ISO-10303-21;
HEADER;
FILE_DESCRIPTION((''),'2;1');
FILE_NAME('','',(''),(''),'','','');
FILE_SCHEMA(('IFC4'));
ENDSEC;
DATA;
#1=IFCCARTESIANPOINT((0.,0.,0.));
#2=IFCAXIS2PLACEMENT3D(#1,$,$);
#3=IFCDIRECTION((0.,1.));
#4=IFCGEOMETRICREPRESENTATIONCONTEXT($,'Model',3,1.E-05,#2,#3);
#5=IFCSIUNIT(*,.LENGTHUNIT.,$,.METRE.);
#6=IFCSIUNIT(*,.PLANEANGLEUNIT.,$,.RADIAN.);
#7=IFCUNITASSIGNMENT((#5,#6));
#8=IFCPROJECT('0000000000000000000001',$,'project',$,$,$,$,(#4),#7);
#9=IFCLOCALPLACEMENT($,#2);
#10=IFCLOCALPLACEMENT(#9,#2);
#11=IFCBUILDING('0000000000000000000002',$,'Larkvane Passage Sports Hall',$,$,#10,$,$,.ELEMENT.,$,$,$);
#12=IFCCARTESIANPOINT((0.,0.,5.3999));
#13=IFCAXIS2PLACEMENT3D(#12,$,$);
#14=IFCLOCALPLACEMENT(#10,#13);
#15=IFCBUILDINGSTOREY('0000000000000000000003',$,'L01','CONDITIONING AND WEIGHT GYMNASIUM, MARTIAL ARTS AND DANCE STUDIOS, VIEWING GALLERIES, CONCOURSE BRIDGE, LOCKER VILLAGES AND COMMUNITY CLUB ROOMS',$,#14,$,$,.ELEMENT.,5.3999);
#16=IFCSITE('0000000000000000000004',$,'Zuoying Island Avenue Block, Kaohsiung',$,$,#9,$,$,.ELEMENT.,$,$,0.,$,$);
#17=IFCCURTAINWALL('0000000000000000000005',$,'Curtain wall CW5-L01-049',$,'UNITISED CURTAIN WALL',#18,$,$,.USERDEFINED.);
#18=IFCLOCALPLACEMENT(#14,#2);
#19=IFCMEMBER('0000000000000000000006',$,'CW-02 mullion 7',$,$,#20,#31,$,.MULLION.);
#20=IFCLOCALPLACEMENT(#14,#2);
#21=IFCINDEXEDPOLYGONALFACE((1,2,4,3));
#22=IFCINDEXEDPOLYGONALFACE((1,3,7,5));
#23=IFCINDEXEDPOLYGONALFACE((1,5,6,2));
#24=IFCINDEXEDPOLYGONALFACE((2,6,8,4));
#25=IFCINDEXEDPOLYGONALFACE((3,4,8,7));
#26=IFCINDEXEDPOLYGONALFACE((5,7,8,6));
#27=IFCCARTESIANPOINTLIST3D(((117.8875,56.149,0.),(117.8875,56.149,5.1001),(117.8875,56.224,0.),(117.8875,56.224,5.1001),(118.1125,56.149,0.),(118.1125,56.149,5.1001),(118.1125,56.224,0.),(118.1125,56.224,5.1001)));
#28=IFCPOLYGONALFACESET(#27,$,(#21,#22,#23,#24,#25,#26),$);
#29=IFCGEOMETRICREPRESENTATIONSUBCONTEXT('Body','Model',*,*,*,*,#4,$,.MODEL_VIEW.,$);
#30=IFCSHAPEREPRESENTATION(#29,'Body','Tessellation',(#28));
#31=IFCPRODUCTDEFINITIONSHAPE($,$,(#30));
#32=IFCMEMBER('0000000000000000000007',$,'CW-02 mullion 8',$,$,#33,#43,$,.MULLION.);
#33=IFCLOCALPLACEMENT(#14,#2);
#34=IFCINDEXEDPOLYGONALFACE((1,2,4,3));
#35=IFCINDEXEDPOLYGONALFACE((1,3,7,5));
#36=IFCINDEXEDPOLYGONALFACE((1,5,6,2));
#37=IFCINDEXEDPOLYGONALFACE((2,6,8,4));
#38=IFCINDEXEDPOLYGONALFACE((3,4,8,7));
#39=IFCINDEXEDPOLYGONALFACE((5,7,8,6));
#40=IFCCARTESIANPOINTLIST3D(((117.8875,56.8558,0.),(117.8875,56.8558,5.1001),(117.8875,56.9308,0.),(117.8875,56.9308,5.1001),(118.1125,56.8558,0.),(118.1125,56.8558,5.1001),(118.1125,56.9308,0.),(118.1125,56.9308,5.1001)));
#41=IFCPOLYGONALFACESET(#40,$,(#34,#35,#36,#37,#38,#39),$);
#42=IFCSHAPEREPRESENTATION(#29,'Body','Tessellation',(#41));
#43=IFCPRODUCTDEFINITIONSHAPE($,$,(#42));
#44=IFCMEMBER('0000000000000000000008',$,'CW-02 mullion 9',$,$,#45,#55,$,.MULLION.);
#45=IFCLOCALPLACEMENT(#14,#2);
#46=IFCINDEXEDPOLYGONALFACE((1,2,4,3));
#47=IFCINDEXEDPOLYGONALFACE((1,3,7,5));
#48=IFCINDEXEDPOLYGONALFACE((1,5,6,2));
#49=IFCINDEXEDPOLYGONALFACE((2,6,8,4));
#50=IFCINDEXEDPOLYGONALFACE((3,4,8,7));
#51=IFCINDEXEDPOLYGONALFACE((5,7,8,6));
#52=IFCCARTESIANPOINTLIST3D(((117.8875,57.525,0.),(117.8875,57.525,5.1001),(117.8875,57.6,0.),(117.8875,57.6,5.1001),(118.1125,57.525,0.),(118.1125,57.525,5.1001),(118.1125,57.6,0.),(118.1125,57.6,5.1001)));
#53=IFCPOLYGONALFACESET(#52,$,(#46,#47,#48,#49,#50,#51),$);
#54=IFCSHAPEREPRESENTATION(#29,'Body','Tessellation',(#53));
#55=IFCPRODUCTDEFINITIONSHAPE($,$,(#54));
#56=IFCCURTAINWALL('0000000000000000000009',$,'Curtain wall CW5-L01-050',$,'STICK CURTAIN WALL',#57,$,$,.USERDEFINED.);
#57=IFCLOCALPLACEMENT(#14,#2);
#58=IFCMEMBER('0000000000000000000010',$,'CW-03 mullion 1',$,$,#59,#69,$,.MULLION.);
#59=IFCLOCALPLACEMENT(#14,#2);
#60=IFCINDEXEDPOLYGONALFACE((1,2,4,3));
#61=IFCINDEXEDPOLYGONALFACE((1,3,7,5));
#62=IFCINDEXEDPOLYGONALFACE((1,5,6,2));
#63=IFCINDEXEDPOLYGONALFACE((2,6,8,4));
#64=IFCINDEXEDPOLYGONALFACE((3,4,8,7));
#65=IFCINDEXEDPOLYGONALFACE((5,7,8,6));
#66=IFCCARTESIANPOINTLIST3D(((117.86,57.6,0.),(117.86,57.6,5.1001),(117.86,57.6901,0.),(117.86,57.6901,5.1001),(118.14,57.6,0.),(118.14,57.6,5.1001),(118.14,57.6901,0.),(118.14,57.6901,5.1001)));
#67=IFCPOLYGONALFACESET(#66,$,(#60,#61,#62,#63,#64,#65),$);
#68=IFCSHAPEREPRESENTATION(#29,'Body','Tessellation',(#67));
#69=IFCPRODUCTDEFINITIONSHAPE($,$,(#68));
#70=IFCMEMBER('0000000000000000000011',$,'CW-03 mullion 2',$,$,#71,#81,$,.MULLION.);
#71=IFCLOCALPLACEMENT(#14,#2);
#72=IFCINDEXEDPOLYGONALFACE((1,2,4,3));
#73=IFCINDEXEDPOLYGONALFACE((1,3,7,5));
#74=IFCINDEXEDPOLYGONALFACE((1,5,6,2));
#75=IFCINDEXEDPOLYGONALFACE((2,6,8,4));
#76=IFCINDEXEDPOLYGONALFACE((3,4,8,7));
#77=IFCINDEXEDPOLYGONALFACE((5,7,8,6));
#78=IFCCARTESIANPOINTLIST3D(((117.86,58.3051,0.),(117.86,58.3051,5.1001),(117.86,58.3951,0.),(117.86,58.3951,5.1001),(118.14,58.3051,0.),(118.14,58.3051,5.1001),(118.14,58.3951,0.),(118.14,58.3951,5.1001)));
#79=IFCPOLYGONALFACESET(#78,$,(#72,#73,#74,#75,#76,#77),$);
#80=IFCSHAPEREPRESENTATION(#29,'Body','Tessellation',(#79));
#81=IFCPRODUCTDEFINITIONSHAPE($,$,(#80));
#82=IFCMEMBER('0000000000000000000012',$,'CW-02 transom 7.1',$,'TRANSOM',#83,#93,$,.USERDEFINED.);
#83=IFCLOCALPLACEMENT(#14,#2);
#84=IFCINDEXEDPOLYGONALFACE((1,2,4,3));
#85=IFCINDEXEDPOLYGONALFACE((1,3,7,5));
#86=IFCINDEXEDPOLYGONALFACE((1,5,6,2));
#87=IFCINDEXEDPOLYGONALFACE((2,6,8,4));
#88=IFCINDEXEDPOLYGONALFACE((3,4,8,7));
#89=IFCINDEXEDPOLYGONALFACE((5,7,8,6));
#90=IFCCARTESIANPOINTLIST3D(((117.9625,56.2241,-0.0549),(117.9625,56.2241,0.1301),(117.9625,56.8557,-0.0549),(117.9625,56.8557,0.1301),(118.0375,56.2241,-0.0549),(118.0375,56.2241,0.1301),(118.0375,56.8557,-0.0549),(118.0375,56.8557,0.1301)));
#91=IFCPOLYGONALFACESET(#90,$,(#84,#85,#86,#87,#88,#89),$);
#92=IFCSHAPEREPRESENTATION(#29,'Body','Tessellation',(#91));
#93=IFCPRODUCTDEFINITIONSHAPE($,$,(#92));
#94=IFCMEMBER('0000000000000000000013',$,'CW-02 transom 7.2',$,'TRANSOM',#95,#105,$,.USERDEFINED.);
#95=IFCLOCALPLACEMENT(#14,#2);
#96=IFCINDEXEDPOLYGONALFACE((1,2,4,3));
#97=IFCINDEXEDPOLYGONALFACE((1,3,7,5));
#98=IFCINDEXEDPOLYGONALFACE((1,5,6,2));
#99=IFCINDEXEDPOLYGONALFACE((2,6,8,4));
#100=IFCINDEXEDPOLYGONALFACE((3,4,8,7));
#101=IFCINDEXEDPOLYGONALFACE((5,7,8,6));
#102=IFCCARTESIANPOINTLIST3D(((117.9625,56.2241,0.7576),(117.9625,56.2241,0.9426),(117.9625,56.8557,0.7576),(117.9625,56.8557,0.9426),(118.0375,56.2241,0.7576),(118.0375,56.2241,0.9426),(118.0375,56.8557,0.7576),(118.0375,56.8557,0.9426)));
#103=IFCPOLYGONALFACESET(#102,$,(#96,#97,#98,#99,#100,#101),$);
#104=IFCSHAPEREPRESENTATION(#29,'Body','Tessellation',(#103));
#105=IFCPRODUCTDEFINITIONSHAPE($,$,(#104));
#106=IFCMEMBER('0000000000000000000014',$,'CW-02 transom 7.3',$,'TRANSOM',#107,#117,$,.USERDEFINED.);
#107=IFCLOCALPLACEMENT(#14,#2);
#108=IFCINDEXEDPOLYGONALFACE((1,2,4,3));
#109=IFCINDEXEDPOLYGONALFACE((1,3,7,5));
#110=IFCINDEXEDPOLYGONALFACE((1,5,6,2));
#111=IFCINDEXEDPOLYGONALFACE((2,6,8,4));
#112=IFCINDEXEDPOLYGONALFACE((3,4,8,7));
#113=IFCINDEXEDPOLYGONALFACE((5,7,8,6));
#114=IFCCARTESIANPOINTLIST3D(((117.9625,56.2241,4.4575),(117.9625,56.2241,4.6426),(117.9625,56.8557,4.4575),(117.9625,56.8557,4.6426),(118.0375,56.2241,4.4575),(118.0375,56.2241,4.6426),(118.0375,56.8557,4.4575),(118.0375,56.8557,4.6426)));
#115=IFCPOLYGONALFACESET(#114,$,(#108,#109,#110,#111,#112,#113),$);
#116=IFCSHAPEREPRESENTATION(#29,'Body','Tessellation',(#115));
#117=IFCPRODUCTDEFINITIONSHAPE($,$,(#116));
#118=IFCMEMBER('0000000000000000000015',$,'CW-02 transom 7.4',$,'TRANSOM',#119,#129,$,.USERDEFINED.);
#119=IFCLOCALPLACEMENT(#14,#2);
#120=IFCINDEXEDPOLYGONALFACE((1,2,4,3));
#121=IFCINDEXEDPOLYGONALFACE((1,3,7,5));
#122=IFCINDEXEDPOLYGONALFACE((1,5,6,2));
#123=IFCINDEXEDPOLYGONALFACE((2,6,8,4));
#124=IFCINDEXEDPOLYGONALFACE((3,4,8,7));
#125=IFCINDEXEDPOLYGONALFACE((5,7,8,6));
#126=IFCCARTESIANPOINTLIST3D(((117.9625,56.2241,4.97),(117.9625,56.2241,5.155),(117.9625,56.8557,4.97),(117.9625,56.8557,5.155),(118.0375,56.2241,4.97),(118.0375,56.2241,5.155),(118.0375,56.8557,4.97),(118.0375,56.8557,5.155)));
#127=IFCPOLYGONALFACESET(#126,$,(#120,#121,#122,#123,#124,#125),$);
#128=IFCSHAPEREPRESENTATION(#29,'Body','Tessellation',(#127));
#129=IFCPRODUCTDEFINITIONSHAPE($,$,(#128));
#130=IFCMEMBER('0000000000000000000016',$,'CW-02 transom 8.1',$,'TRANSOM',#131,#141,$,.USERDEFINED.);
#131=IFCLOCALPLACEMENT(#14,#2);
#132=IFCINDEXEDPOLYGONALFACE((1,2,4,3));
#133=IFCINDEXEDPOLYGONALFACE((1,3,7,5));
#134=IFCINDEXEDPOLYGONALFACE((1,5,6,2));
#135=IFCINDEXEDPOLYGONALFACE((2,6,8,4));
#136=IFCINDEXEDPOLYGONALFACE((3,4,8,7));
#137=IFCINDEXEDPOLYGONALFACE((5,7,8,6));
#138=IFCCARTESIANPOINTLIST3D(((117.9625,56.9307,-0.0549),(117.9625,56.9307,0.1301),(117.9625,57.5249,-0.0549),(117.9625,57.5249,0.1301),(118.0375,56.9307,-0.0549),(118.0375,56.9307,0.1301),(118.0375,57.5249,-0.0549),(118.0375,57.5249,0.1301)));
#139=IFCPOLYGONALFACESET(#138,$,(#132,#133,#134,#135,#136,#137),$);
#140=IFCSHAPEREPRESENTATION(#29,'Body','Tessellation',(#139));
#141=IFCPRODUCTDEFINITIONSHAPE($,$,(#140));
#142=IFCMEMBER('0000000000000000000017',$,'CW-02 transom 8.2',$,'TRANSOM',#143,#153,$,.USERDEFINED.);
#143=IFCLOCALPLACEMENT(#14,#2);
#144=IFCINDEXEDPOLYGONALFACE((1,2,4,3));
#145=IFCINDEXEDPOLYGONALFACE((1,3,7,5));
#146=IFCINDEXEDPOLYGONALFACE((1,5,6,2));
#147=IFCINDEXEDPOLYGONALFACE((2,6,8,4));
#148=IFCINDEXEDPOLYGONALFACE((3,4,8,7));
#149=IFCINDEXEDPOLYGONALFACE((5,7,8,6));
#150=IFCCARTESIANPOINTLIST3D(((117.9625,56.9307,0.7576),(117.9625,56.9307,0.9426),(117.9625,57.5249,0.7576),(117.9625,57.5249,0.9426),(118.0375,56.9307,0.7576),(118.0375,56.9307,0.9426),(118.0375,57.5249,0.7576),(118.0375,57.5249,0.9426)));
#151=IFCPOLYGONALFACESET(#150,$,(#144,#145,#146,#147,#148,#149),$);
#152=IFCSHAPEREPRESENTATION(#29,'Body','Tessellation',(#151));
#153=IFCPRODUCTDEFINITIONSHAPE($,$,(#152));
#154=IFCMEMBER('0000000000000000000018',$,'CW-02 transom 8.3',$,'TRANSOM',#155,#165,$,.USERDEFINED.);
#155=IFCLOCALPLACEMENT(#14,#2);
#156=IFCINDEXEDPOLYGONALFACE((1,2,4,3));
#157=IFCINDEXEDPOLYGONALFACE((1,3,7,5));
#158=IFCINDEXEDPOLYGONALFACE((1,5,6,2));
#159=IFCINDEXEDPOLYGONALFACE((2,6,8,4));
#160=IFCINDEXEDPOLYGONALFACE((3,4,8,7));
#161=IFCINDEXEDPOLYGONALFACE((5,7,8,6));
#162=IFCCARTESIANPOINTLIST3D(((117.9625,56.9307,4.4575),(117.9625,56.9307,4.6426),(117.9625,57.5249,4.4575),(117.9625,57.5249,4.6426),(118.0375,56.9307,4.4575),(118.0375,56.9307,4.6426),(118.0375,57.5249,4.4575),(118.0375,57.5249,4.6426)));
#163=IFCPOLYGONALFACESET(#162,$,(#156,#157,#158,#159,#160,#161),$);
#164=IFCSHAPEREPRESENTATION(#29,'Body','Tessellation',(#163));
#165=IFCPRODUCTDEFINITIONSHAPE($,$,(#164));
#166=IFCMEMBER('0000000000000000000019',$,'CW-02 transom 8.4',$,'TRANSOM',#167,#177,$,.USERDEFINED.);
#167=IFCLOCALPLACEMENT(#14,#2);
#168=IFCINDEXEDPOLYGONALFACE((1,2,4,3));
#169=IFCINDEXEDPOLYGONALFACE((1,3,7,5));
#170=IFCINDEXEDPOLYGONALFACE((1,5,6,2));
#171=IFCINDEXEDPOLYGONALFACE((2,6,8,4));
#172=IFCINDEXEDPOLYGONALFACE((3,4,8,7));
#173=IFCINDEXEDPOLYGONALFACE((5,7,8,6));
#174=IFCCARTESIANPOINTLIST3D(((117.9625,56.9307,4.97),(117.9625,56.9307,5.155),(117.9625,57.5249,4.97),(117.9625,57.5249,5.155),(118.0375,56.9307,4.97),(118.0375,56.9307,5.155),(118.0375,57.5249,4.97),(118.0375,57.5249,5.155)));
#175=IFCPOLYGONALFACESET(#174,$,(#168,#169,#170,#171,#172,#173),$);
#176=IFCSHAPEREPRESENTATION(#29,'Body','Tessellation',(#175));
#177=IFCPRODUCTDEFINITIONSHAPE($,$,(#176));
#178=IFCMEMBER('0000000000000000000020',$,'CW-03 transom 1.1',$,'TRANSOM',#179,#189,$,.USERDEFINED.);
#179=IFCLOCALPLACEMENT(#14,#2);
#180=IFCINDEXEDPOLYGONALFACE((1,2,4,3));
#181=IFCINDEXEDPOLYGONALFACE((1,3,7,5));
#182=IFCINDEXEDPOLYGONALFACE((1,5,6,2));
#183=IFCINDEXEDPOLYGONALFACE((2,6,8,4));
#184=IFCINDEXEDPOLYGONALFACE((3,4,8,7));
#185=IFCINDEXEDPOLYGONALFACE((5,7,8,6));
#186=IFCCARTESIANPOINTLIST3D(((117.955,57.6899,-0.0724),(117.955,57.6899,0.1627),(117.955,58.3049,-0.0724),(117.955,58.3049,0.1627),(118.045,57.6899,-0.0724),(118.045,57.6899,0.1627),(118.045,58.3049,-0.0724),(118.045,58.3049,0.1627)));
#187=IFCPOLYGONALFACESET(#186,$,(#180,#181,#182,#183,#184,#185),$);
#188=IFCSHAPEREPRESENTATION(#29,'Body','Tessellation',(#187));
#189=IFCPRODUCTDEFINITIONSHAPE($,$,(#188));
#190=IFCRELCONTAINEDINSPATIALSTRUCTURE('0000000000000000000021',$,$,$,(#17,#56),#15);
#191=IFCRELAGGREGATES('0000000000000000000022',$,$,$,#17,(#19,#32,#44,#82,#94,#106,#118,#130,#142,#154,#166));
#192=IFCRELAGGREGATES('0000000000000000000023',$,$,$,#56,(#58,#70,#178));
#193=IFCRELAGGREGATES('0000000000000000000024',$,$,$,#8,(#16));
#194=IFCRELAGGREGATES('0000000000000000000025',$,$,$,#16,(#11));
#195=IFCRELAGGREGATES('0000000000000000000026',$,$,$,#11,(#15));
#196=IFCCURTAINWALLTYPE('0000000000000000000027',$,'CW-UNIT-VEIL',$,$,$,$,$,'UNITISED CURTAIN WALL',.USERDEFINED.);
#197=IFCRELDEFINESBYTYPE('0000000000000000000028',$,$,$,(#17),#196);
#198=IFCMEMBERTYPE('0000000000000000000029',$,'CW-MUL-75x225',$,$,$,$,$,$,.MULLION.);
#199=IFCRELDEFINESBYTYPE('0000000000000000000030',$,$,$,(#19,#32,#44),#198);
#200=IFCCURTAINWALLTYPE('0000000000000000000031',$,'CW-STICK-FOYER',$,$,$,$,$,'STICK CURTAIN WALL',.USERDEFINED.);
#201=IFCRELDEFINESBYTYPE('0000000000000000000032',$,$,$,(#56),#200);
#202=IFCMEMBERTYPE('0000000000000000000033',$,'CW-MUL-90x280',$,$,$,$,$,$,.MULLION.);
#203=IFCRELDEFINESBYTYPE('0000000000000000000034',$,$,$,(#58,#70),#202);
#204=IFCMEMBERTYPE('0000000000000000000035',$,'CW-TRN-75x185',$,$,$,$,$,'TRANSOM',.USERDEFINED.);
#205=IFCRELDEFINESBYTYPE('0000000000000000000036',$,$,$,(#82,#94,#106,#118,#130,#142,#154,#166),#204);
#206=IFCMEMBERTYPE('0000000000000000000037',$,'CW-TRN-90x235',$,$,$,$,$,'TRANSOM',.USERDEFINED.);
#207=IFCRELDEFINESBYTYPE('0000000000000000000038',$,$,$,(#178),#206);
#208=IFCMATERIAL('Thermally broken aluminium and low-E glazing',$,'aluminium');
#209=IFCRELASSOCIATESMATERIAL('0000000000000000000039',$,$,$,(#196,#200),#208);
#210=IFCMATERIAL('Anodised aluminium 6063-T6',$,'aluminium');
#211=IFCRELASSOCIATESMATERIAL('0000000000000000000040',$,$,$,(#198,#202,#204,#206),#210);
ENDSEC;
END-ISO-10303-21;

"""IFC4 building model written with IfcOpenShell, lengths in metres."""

from ifc_helpers import new_model, si_unit, direction, frame, origin, origin_2d, place, context, subcontext, project, spatial, rectangle, extrude, material, material_profile, profile_set, type_object, element, aggregate, save


model = new_model("IFC4")

# Units and contexts
model_context = context("Model", 3, precision=1e-05, world=origin(), true_north=direction((0.0, 1.0)))
body_context = subcontext(model_context, "Body", "Model", "MODEL_VIEW")
ifc_project = project(units=[si_unit("LENGTHUNIT", "METRE"), si_unit("PLANEANGLEUNIT", "RADIAN")], contexts=[model_context])

# Site, building, storey
site_placement = place(None, origin())
site = spatial("IfcSite", under=ifc_project, at=site_placement, Name="Zuoying Island Avenue Block, Kaohsiung", CompositionType="ELEMENT", RefElevation=0.0)
building_placement = place(site_placement, origin())
building = spatial("IfcBuilding", under=site, at=building_placement, Name="Larkvane Passage Sports Hall", CompositionType="ELEMENT")
storey_placement = place(building_placement, frame((0.0, 0.0, 5.3999)))
storey = spatial("IfcBuildingStorey", under=building, at=storey_placement, Name="L01", Description="CONDITIONING AND WEIGHT GYMNASIUM, MARTIAL ARTS AND DANCE STUDIOS, VIEWING GALLERIES, CONCOURSE BRIDGE, LOCKER VILLAGES AND COMMUNITY CLUB ROOMS", CompositionType="ELEMENT", Elevation=5.3999)

# Curtain walls, members
ifc_material_1 = material(Name="Thermally broken aluminium and low-E glazing", Category="aluminium")
curtain_wall_type_1 = type_object("IfcCurtainWallType", Name="CW-UNIT-VEIL", ElementType="UNITISED CURTAIN WALL", PredefinedType="USERDEFINED", material=ifc_material_1)
curtain_wall_1_placement = place(storey_placement, origin())
curtain_wall_1 = element("IfcCurtainWall", 1, at=curtain_wall_1_placement, inside=storey, type_object=curtain_wall_type_1, Name="Curtain wall CW5-L01-049", ObjectType="UNITISED CURTAIN WALL", PredefinedType="USERDEFINED")
ifc_material_2 = material(Name="Anodised aluminium 6063-T6", Category="aluminium")
ifc_material_profile_1 = material_profile(ifc_material_2, rectangle(XDim=0.075, YDim=0.2251, at=origin_2d()), Name="ALU-MUL-75x225")
ifc_profile_set_1 = profile_set([ifc_material_profile_1], Name="Anodised aluminium 6063-T6")
member_type_1 = type_object("IfcMemberType", Name="CW-MUL-75x225", PredefinedType="MULLION", material=ifc_profile_set_1)
member_1_placement = place(storey_placement, frame((118.0, 56.1865, 0.0), z_axis=(0.0, 0.0, 1.0), x_axis=(0.0, 1.0, 0.0)))
member_1 = element("IfcMember", 2, at=member_1_placement, type_object=member_type_1, Name="CW-02 mullion 7", PredefinedType="MULLION", context=body_context, shape_type="SweptSolid", body=[
    extrude(rectangle(XDim=0.075, YDim=0.2251, at=origin_2d()), origin(), (0.0, 0.0, 1.0), 5.1001),
])
member_2_placement = place(storey_placement, frame((118.0, 56.8933, 0.0), z_axis=(0.0, 0.0, 1.0), x_axis=(0.0, 1.0, 0.0)))
member_2 = element("IfcMember", 3, at=member_2_placement, type_object=member_type_1, Name="CW-02 mullion 8", PredefinedType="MULLION", context=body_context, shape_type="SweptSolid", body=[
    extrude(rectangle(XDim=0.075, YDim=0.2251, at=origin_2d()), origin(), (0.0, 0.0, 1.0), 5.1001),
])
member_3_placement = place(storey_placement, frame((118.0, 57.5625, 0.0), z_axis=(0.0, 0.0, 1.0), x_axis=(0.0, 1.0, 0.0)))
member_3 = element("IfcMember", 4, at=member_3_placement, type_object=member_type_1, Name="CW-02 mullion 9", PredefinedType="MULLION", context=body_context, shape_type="SweptSolid", body=[
    extrude(rectangle(XDim=0.075, YDim=0.2251, at=origin_2d()), origin(), (0.0, 0.0, 1.0), 5.1001),
])
curtain_wall_type_2 = type_object("IfcCurtainWallType", Name="CW-STICK-FOYER", ElementType="STICK CURTAIN WALL", PredefinedType="USERDEFINED", material=ifc_material_1)
curtain_wall_2_placement = place(storey_placement, origin())
curtain_wall_2 = element("IfcCurtainWall", 5, at=curtain_wall_2_placement, inside=storey, type_object=curtain_wall_type_2, Name="Curtain wall CW5-L01-050", ObjectType="STICK CURTAIN WALL", PredefinedType="USERDEFINED")
ifc_material_profile_2 = material_profile(ifc_material_2, rectangle(XDim=0.0901, YDim=0.28, at=origin_2d()), Name="ALU-MUL-90x280")
ifc_profile_set_2 = profile_set([ifc_material_profile_2], Name="Anodised aluminium 6063-T6")
member_type_2 = type_object("IfcMemberType", Name="CW-MUL-90x280", PredefinedType="MULLION", material=ifc_profile_set_2)
member_4_placement = place(storey_placement, frame((118.0, 57.645, 0.0), z_axis=(0.0, 0.0, 1.0), x_axis=(0.0, 1.0, 0.0)))
member_4 = element("IfcMember", 6, at=member_4_placement, type_object=member_type_2, Name="CW-03 mullion 1", PredefinedType="MULLION", context=body_context, shape_type="SweptSolid", body=[
    extrude(rectangle(XDim=0.0901, YDim=0.28, at=origin_2d()), origin(), (0.0, 0.0, 1.0), 5.1001),
])
member_5_placement = place(storey_placement, frame((118.0, 58.3501, 0.0), z_axis=(0.0, 0.0, 1.0), x_axis=(0.0, 1.0, 0.0)))
member_5 = element("IfcMember", 7, at=member_5_placement, type_object=member_type_2, Name="CW-03 mullion 2", PredefinedType="MULLION", context=body_context, shape_type="SweptSolid", body=[
    extrude(rectangle(XDim=0.0901, YDim=0.28, at=origin_2d()), origin(), (0.0, 0.0, 1.0), 5.1001),
])

# Members
ifc_material_profile_3 = material_profile(ifc_material_2, rectangle(XDim=0.075, YDim=0.1851, at=origin_2d()), Name="ALU-TRN-75x185")
ifc_profile_set_3 = profile_set([ifc_material_profile_3], Name="Anodised aluminium 6063-T6")
member_type_3 = type_object("IfcMemberType", Name="CW-TRN-75x185", ElementType="TRANSOM", PredefinedType="USERDEFINED", material=ifc_profile_set_3)
member_6_placement = place(storey_placement, frame((118.0, 56.2241, 0.0376), z_axis=(0.0, 1.0, 0.0), x_axis=(-1.0, 0.0, 0.0)))
member_6 = element("IfcMember", 8, at=member_6_placement, type_object=member_type_3, Name="CW-02 transom 7.1", ObjectType="TRANSOM", PredefinedType="USERDEFINED", context=body_context, shape_type="SweptSolid", body=[
    extrude(rectangle(XDim=0.075, YDim=0.1851, at=origin_2d()), origin(), (0.0, 0.0, 1.0), 0.6316),
])
member_7_placement = place(storey_placement, frame((118.0, 56.2241, 0.8501), z_axis=(0.0, 1.0, 0.0), x_axis=(-1.0, 0.0, 0.0)))
member_7 = element("IfcMember", 9, at=member_7_placement, type_object=member_type_3, Name="CW-02 transom 7.2", ObjectType="TRANSOM", PredefinedType="USERDEFINED", context=body_context, shape_type="SweptSolid", body=[
    extrude(rectangle(XDim=0.075, YDim=0.1851, at=origin_2d()), origin(), (0.0, 0.0, 1.0), 0.6316),
])
member_8_placement = place(storey_placement, frame((118.0, 56.2241, 4.55), z_axis=(0.0, 1.0, 0.0), x_axis=(-1.0, 0.0, 0.0)))
member_8 = element("IfcMember", 10, at=member_8_placement, type_object=member_type_3, Name="CW-02 transom 7.3", ObjectType="TRANSOM", PredefinedType="USERDEFINED", context=body_context, shape_type="SweptSolid", body=[
    extrude(rectangle(XDim=0.075, YDim=0.1851, at=origin_2d()), origin(), (0.0, 0.0, 1.0), 0.6316),
])
member_9_placement = place(storey_placement, frame((118.0, 56.2241, 5.0625), z_axis=(0.0, 1.0, 0.0), x_axis=(-1.0, 0.0, 0.0)))
member_9 = element("IfcMember", 11, at=member_9_placement, type_object=member_type_3, Name="CW-02 transom 7.4", ObjectType="TRANSOM", PredefinedType="USERDEFINED", context=body_context, shape_type="SweptSolid", body=[
    extrude(rectangle(XDim=0.075, YDim=0.1851, at=origin_2d()), origin(), (0.0, 0.0, 1.0), 0.6316),
])
member_10_placement = place(storey_placement, frame((118.0, 56.9307, 0.0376), z_axis=(0.0, 1.0, 0.0), x_axis=(-1.0, 0.0, 0.0)))
member_10 = element("IfcMember", 12, at=member_10_placement, type_object=member_type_3, Name="CW-02 transom 8.1", ObjectType="TRANSOM", PredefinedType="USERDEFINED", context=body_context, shape_type="SweptSolid", body=[
    extrude(rectangle(XDim=0.075, YDim=0.1851, at=origin_2d()), origin(), (0.0, 0.0, 1.0), 0.5942),
])
member_11_placement = place(storey_placement, frame((118.0, 56.9307, 0.8501), z_axis=(0.0, 1.0, 0.0), x_axis=(-1.0, 0.0, 0.0)))
member_11 = element("IfcMember", 13, at=member_11_placement, type_object=member_type_3, Name="CW-02 transom 8.2", ObjectType="TRANSOM", PredefinedType="USERDEFINED", context=body_context, shape_type="SweptSolid", body=[
    extrude(rectangle(XDim=0.075, YDim=0.1851, at=origin_2d()), origin(), (0.0, 0.0, 1.0), 0.5942),
])
member_12_placement = place(storey_placement, frame((118.0, 56.9307, 4.55), z_axis=(0.0, 1.0, 0.0), x_axis=(-1.0, 0.0, 0.0)))
member_12 = element("IfcMember", 14, at=member_12_placement, type_object=member_type_3, Name="CW-02 transom 8.3", ObjectType="TRANSOM", PredefinedType="USERDEFINED", context=body_context, shape_type="SweptSolid", body=[
    extrude(rectangle(XDim=0.075, YDim=0.1851, at=origin_2d()), origin(), (0.0, 0.0, 1.0), 0.5942),
])
member_13_placement = place(storey_placement, frame((118.0, 56.9307, 5.0625), z_axis=(0.0, 1.0, 0.0), x_axis=(-1.0, 0.0, 0.0)))
member_13 = element("IfcMember", 15, at=member_13_placement, type_object=member_type_3, Name="CW-02 transom 8.4", ObjectType="TRANSOM", PredefinedType="USERDEFINED", context=body_context, shape_type="SweptSolid", body=[
    extrude(rectangle(XDim=0.075, YDim=0.1851, at=origin_2d()), origin(), (0.0, 0.0, 1.0), 0.5942),
])
ifc_material_profile_4 = material_profile(ifc_material_2, rectangle(XDim=0.0901, YDim=0.2351, at=origin_2d()), Name="ALU-TRN-90x235")
ifc_profile_set_4 = profile_set([ifc_material_profile_4], Name="Anodised aluminium 6063-T6")
member_type_4 = type_object("IfcMemberType", Name="CW-TRN-90x235", ElementType="TRANSOM", PredefinedType="USERDEFINED", material=ifc_profile_set_4)
member_14_placement = place(storey_placement, frame((118.0, 57.6899, 0.0452), z_axis=(0.0, 1.0, 0.0), x_axis=(-1.0, 0.0, 0.0)))
member_14 = element("IfcMember", 16, at=member_14_placement, type_object=member_type_4, Name="CW-03 transom 1.1", ObjectType="TRANSOM", PredefinedType="USERDEFINED", context=body_context, shape_type="SweptSolid", body=[
    extrude(rectangle(XDim=0.0901, YDim=0.2351, at=origin_2d()), origin(), (0.0, 0.0, 1.0), 0.615),
])

aggregate(curtain_wall_1, [member_1, member_2, member_3, member_6, member_7, member_8, member_9, member_10, member_11, member_12, member_13])
aggregate(curtain_wall_2, [member_4, member_5, member_14])

save(model, "model.ifc")
